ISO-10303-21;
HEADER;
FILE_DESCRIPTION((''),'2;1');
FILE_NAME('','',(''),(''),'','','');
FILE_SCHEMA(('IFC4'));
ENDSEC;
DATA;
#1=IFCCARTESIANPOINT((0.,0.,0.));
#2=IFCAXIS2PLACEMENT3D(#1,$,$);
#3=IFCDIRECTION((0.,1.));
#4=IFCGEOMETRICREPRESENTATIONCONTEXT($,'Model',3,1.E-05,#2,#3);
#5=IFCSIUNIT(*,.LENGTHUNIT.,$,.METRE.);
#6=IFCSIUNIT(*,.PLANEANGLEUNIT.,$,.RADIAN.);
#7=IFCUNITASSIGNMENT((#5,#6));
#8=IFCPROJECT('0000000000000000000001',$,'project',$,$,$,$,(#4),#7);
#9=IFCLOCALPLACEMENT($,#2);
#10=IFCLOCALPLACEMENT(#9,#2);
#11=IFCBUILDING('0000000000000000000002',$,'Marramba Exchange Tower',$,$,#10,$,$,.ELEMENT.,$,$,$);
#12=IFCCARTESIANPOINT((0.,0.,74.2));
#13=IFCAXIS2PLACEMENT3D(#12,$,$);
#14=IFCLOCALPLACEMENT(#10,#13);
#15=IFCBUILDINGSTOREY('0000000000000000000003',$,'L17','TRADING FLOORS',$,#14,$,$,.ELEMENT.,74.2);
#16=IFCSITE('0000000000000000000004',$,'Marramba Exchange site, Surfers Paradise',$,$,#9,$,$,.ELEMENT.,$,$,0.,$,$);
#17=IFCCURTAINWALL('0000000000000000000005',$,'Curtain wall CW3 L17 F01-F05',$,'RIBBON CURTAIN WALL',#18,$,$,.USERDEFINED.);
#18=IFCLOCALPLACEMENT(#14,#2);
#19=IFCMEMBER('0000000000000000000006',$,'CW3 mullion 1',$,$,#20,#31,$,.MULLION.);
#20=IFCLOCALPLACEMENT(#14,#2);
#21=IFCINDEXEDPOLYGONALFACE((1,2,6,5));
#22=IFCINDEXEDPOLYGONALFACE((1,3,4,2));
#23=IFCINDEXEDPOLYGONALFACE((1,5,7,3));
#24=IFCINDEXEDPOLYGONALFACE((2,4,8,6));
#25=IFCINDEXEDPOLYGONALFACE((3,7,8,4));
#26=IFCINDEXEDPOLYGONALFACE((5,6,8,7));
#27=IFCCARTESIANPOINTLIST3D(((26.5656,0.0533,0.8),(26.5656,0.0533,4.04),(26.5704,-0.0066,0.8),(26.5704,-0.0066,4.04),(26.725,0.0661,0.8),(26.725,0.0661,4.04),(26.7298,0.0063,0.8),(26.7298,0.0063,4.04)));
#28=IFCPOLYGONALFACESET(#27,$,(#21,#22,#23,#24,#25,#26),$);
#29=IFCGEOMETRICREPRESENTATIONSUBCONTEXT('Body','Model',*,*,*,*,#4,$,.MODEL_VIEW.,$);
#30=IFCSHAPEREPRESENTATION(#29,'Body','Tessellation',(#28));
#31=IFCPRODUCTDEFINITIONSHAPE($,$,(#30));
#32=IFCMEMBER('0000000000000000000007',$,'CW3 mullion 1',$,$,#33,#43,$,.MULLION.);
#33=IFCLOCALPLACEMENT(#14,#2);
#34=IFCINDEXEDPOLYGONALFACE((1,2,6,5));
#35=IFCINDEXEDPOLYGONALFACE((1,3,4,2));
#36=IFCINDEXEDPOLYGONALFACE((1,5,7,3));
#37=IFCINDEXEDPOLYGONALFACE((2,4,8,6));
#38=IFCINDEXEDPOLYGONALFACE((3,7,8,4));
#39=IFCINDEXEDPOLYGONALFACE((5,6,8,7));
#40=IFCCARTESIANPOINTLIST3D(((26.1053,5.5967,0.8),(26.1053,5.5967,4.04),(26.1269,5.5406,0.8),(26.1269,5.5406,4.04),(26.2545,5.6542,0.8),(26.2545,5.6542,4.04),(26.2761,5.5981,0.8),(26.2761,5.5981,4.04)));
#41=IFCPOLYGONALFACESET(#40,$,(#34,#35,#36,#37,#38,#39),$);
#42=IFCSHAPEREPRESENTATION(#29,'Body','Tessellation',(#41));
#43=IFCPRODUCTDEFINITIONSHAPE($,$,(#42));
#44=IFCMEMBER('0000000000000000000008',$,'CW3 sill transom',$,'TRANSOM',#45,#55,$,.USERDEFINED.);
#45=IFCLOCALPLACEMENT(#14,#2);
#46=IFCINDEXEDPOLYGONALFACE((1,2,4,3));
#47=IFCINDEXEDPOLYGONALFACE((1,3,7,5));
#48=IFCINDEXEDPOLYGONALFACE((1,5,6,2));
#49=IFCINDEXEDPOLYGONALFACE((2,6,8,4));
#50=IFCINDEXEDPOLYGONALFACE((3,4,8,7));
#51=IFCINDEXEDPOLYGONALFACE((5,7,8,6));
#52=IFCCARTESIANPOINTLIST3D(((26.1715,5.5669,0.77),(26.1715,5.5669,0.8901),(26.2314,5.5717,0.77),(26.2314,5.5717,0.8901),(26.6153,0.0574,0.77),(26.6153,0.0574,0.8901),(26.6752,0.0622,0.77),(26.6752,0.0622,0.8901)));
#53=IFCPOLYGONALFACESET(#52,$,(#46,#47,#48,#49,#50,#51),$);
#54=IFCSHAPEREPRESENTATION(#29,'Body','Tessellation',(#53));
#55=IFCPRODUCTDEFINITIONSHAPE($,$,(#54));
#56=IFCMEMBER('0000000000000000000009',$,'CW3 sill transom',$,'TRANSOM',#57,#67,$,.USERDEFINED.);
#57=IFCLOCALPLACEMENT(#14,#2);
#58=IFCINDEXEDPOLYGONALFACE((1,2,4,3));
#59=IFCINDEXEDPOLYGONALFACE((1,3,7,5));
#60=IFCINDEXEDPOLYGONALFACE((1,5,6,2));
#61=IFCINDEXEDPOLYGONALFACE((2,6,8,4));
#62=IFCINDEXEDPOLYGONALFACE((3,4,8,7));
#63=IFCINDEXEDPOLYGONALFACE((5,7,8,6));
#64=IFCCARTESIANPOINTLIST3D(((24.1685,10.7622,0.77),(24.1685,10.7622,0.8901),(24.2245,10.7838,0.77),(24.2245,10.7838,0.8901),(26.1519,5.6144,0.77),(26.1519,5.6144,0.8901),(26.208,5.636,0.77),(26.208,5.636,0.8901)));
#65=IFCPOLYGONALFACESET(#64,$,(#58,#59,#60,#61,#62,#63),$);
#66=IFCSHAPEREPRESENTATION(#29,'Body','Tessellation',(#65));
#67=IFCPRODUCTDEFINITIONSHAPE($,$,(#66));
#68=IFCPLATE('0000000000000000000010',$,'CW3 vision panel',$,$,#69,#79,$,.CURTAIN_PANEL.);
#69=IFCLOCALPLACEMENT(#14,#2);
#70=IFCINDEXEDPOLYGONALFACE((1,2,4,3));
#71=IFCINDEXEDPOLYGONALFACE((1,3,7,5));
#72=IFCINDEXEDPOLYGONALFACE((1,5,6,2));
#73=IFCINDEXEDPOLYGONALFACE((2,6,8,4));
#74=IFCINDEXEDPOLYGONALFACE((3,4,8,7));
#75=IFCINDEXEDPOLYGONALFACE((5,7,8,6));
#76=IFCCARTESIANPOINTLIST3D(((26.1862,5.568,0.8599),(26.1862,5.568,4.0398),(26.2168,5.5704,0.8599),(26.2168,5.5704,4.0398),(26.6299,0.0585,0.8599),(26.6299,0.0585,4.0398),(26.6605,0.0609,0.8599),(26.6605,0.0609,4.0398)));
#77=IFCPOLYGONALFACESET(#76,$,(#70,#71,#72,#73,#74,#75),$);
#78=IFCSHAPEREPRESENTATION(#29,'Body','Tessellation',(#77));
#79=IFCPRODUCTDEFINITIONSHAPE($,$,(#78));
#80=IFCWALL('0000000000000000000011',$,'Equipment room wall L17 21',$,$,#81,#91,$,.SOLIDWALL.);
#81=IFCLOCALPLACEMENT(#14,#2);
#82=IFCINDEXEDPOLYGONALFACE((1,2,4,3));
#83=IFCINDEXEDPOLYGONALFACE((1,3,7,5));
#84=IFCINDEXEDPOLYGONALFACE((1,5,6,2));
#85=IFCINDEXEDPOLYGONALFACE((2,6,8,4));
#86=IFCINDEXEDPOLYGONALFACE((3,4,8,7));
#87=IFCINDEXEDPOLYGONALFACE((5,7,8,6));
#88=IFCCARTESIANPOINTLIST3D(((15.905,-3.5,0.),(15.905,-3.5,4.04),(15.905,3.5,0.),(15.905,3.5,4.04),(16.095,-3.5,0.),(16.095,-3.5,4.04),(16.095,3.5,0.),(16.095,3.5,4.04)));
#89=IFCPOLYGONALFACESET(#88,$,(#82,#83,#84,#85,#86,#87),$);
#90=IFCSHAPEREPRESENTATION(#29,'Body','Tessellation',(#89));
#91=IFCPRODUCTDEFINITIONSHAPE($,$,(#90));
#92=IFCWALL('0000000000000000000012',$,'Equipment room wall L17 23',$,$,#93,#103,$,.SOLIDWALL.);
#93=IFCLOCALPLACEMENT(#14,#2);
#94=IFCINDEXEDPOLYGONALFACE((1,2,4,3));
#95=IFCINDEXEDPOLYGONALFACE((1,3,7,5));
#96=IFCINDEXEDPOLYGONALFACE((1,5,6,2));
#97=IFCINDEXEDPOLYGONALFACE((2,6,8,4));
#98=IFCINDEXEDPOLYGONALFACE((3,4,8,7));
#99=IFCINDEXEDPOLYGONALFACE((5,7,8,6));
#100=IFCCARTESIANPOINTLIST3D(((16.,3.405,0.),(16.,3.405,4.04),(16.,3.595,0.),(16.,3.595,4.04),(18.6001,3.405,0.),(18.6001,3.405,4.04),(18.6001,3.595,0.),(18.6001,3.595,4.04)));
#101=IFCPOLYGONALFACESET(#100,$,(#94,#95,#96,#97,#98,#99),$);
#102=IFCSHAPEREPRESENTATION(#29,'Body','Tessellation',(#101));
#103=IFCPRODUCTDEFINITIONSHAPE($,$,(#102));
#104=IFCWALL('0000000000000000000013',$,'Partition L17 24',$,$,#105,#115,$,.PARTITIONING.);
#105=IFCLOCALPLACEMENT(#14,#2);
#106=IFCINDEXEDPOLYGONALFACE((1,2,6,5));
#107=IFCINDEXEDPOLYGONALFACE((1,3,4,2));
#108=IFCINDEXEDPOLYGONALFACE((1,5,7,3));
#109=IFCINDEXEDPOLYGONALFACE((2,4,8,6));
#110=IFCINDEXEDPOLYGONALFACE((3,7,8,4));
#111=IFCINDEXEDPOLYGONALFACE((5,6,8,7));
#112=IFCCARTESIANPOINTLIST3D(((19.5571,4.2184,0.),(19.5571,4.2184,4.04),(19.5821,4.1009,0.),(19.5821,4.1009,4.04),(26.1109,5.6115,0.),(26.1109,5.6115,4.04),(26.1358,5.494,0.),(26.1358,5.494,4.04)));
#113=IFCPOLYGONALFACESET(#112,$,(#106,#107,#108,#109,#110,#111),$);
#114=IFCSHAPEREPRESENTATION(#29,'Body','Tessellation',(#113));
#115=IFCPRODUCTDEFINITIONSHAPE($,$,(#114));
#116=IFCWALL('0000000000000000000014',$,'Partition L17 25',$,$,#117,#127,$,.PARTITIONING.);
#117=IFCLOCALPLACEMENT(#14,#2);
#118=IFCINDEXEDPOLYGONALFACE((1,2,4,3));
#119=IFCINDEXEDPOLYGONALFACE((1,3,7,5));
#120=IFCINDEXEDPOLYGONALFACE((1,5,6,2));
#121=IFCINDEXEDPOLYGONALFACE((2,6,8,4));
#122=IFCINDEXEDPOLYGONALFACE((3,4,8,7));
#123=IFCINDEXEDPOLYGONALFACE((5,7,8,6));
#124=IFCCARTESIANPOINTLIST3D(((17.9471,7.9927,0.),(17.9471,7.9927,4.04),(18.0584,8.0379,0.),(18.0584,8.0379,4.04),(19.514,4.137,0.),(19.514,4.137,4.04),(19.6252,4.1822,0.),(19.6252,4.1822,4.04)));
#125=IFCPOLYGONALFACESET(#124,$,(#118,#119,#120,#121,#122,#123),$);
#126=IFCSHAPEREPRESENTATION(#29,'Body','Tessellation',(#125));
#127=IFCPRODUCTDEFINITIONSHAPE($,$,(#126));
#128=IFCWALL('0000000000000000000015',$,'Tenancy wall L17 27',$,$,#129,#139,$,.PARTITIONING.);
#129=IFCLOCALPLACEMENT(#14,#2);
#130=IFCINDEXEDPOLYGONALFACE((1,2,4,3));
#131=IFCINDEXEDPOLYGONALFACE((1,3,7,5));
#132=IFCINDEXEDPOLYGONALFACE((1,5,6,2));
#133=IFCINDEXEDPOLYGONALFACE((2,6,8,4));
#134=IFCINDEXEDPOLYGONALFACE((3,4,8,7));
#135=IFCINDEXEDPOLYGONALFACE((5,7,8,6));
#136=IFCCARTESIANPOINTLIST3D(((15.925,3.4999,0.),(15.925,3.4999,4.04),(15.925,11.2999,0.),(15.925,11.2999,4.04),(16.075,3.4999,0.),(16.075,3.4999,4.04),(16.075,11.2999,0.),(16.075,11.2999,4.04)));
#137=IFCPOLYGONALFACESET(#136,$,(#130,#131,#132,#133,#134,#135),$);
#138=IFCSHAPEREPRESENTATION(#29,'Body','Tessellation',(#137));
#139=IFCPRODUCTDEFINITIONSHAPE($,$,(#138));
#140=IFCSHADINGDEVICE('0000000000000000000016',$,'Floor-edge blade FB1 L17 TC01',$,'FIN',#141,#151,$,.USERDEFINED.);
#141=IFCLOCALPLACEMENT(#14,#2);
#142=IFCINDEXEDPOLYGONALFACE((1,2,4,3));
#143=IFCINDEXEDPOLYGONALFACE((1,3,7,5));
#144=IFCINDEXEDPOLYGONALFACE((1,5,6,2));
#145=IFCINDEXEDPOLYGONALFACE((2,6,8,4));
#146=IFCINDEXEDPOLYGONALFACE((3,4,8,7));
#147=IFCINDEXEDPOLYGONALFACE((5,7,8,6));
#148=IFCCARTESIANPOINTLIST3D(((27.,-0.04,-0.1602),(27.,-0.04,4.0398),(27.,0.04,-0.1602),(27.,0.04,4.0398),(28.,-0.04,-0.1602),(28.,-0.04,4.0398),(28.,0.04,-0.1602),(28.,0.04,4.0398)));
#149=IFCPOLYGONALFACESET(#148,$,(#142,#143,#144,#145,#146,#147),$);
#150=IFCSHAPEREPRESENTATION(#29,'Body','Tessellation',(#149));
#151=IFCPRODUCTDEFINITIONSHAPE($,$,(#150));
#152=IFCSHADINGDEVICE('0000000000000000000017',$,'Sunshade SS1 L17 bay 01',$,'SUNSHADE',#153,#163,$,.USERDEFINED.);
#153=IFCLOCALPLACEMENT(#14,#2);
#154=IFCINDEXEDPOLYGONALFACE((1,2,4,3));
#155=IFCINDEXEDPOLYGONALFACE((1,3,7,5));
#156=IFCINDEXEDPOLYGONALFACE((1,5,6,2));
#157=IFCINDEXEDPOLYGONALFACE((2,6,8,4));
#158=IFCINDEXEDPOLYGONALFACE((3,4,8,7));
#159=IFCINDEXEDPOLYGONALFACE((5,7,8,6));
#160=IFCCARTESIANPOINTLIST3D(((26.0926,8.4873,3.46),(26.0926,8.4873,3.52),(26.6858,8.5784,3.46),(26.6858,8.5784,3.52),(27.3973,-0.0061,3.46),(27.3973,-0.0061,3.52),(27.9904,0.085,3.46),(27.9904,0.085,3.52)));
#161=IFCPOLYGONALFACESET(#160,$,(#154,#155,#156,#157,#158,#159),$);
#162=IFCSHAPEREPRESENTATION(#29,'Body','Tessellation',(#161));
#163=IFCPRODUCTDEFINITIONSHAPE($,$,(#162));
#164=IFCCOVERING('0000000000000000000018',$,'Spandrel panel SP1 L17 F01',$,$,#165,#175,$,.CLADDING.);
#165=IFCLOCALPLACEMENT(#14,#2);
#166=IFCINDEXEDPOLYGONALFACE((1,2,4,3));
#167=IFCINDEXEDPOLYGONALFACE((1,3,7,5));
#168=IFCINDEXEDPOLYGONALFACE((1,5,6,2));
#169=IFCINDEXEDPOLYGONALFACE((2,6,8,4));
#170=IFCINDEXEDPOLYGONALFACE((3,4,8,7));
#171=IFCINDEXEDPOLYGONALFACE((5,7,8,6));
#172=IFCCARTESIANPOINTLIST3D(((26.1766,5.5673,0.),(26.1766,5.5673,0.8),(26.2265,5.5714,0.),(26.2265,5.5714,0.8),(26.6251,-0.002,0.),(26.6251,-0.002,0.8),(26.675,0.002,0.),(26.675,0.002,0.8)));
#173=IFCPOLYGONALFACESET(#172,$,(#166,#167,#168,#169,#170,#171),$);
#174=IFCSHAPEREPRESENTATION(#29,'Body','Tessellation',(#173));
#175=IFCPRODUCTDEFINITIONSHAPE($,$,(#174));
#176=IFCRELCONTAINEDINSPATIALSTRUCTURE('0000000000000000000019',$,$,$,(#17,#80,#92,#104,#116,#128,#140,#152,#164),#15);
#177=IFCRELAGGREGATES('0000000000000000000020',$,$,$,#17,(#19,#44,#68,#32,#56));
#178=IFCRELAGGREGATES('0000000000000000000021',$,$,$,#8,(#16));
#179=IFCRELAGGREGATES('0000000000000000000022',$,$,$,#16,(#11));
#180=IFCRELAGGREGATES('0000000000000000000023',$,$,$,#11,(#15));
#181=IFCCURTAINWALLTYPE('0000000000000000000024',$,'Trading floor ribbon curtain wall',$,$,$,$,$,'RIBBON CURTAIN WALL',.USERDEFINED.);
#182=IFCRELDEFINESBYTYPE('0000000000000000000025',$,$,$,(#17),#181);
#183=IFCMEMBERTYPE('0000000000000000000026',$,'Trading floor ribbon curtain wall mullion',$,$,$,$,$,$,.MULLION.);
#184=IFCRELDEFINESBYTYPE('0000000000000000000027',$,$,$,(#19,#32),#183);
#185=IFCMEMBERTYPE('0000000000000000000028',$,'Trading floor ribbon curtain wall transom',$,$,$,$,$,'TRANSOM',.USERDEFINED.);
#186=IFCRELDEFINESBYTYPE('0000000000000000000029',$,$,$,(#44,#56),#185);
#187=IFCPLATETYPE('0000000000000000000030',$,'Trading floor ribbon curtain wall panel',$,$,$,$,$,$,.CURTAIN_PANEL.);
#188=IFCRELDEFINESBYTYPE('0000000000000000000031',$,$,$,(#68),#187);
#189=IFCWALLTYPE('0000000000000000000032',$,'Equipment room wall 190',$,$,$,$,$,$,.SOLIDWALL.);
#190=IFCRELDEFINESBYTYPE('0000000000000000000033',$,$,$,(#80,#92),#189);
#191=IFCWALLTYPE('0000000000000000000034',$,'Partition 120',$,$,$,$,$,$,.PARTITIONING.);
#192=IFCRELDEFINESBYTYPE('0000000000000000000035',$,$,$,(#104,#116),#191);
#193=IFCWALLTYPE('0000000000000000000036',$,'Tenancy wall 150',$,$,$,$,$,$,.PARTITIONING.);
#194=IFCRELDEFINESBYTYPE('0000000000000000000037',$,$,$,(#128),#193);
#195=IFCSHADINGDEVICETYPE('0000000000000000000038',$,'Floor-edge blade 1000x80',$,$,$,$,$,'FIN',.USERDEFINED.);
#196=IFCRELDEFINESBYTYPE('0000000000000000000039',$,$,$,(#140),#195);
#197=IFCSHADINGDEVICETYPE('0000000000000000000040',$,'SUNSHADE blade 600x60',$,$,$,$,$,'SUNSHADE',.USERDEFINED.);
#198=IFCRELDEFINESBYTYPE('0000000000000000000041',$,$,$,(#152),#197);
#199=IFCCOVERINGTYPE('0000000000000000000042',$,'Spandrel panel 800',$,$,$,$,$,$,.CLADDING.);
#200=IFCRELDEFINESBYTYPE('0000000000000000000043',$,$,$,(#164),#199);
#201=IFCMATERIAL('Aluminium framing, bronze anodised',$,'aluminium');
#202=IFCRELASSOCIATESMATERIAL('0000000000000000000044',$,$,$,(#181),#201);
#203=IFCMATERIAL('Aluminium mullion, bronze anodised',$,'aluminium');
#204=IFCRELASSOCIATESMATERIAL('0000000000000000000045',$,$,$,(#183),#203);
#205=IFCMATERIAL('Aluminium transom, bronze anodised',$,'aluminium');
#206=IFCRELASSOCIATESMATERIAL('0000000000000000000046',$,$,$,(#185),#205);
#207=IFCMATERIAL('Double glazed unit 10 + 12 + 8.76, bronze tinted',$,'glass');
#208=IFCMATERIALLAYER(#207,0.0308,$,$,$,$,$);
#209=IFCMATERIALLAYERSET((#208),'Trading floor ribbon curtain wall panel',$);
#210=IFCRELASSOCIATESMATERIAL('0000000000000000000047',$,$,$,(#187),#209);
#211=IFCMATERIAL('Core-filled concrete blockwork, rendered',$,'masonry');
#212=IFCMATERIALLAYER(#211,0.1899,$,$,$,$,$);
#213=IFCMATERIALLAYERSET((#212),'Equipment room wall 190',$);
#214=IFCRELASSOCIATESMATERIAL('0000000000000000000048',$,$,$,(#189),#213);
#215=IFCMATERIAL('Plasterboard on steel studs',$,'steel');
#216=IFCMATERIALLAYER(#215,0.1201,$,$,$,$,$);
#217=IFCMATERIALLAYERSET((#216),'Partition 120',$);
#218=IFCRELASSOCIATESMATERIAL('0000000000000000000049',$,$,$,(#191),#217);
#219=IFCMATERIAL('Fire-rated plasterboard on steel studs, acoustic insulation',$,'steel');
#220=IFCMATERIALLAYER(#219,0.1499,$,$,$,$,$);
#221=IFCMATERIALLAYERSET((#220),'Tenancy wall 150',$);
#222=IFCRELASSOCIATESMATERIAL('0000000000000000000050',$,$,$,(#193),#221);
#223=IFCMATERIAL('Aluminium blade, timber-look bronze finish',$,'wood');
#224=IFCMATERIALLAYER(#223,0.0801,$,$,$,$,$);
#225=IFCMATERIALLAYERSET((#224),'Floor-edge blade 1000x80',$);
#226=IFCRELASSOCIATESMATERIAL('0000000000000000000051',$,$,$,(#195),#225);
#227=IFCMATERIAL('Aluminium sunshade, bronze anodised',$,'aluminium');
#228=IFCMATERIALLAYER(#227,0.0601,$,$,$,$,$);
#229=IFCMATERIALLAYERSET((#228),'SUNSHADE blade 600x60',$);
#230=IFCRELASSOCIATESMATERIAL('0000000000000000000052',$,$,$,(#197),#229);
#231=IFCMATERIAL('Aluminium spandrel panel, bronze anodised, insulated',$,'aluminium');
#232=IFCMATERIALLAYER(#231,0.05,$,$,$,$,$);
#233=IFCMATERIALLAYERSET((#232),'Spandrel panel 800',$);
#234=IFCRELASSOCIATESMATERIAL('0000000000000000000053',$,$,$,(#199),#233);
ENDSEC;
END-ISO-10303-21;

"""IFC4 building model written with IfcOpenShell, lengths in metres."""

from ifc_helpers import new_model, si_unit, direction, frame, frame_2d, origin, origin_2d, place, context, subcontext, project, spatial, rectangle, extrude, material, layer, layer_set, material_profile, profile_set, type_object, element, aggregate, save


model = new_model("IFC4")

# Units and contexts
model_context = context("Model", 3, precision=1e-05, world=origin(), true_north=direction((0.0, 1.0)))
body_context = subcontext(model_context, "Body", "Model", "MODEL_VIEW")
ifc_project = project(units=[si_unit("LENGTHUNIT", "METRE"), si_unit("PLANEANGLEUNIT", "RADIAN")], contexts=[model_context])

# Site, building, storey
site_placement = place(None, origin())
site = spatial("IfcSite", under=ifc_project, at=site_placement, Name="Marramba Exchange site, Surfers Paradise", CompositionType="ELEMENT", RefElevation=0.0)
building_placement = place(site_placement, origin())
building = spatial("IfcBuilding", under=site, at=building_placement, Name="Marramba Exchange Tower", CompositionType="ELEMENT")
storey_placement = place(building_placement, frame((0.0, 0.0, 74.2)))
storey = spatial("IfcBuildingStorey", under=building, at=storey_placement, Name="L17", Description="TRADING FLOORS", CompositionType="ELEMENT", Elevation=74.2)

# Curtain wall, members, plate
ifc_material_1 = material(Name="Aluminium framing, bronze anodised", Category="aluminium")
curtain_wall_type = type_object("IfcCurtainWallType", Name="Trading floor ribbon curtain wall", ElementType="RIBBON CURTAIN WALL", PredefinedType="USERDEFINED", material=ifc_material_1)
curtain_wall_placement = place(storey_placement, origin())
curtain_wall = element("IfcCurtainWall", 1, at=curtain_wall_placement, inside=storey, type_object=curtain_wall_type, Name="Curtain wall CW3 L17 F01-F05", ObjectType="RIBBON CURTAIN WALL", PredefinedType="USERDEFINED")
ifc_material_2 = material(Name="Aluminium mullion, bronze anodised", Category="aluminium")
ifc_material_profile_1 = material_profile(ifc_material_2, rectangle(XDim=0.1599, YDim=0.0601, at=origin_2d()), Name="CW3 mullion 60x160")
ifc_profile_set_1 = profile_set([ifc_material_profile_1], Name="Aluminium mullion, bronze anodised")
member_type_1 = type_object("IfcMemberType", Name="Trading floor ribbon curtain wall mullion", PredefinedType="MULLION", material=ifc_profile_set_1)
member_1_placement = place(storey_placement, frame((26.6477, 0.0298, 0.8), z_axis=(0.0, 0.0, 1.0), x_axis=(-0.996773, -0.080275, 0.0)))
member_1 = element("IfcMember", 2, at=member_1_placement, type_object=member_type_1, Name="CW3 mullion 1", PredefinedType="MULLION", context=body_context, shape_type="SweptSolid", body=[
    extrude(rectangle(XDim=0.1599, YDim=0.0601, at=origin_2d()), origin(), (0.0, 0.0, 1.0), 3.24),
])
member_2_placement = place(storey_placement, frame((26.1907, 5.5974, 0.8), z_axis=(0.0, 0.0, 1.0), x_axis=(-0.933135, -0.359526, 0.0)))
member_2 = element("IfcMember", 3, at=member_2_placement, type_object=member_type_1, Name="CW3 mullion 1", PredefinedType="MULLION", context=body_context, shape_type="SweptSolid", body=[
    extrude(rectangle(XDim=0.1599, YDim=0.0601, at=origin_2d()), origin(), (0.0, 0.0, 1.0), 3.24),
])
ifc_material_3 = material(Name="Aluminium transom, bronze anodised", Category="aluminium")
ifc_material_profile_2 = material_profile(ifc_material_3, rectangle(XDim=0.0601, YDim=0.1201, at=origin_2d()), Name="CW3 transom 60x120")
ifc_profile_set_2 = profile_set([ifc_material_profile_2], Name="Aluminium transom, bronze anodised")
member_type_2 = type_object("IfcMemberType", Name="Trading floor ribbon curtain wall transom", ElementType="TRANSOM", PredefinedType="USERDEFINED", material=ifc_profile_set_2)
member_3_placement = place(storey_placement, frame((26.6453, 0.0598, 0.8301), z_axis=(-0.0803, 0.996771, 0.0), x_axis=(-0.996771, -0.0803, 0.0)))
member_3 = element("IfcMember", 4, at=member_3_placement, type_object=member_type_2, Name="CW3 sill transom", ObjectType="TRANSOM", PredefinedType="USERDEFINED", context=body_context, shape_type="SweptSolid", body=[
    extrude(rectangle(XDim=0.0601, YDim=0.1201, at=origin_2d()), origin(), (0.0, 0.0, 1.0), 5.5273),
])
member_4_placement = place(storey_placement, frame((26.1799, 5.6252, 0.8301), z_axis=(-0.359534, 0.933132, 0.0), x_axis=(-0.933132, -0.359534, 0.0)))
member_4 = element("IfcMember", 5, at=member_4_placement, type_object=member_type_2, Name="CW3 sill transom", ObjectType="TRANSOM", PredefinedType="USERDEFINED", context=body_context, shape_type="SweptSolid", body=[
    extrude(rectangle(XDim=0.0601, YDim=0.1201, at=origin_2d()), origin(), (0.0, 0.0, 1.0), 5.5166),
])
ifc_material_4 = material(Name="Double glazed unit 10 + 12 + 8.76, bronze tinted", Category="glass")
ifc_layer_1 = layer(ifc_material_4, 0.0308)
ifc_layer_set_1 = layer_set([ifc_layer_1], Name="Trading floor ribbon curtain wall panel")
plate_type = type_object("IfcPlateType", Name="Trading floor ribbon curtain wall panel", PredefinedType="CURTAIN_PANEL", material=ifc_layer_set_1)
plate_placement = place(storey_placement, frame((26.4233, 2.8145, 0.8599), z_axis=(0.0, 0.0, 1.0), x_axis=(-0.080275, 0.996773, 0.0)))
plate = element("IfcPlate", 6, at=plate_placement, type_object=plate_type, Name="CW3 vision panel", PredefinedType="CURTAIN_PANEL", context=body_context, shape_type="SweptSolid", body=[
    extrude(rectangle(XDim=5.5273, YDim=0.0308, at=origin_2d()), origin(), (0.0, 0.0, 1.0), 3.1799),
])
aggregate(curtain_wall, [member_1, member_3, plate, member_2, member_4])

# Walls
ifc_material_5 = material(Name="Core-filled concrete blockwork, rendered", Category="masonry")
ifc_layer_2 = layer(ifc_material_5, 0.1899)
ifc_layer_set_2 = layer_set([ifc_layer_2], Name="Equipment room wall 190")
wall_type_1 = type_object("IfcWallType", Name="Equipment room wall 190", PredefinedType="SOLIDWALL", material=ifc_layer_set_2)
wall_1_placement = place(storey_placement, frame((16.0, 3.5, 0.0), z_axis=(0.0, 0.0, 1.0), x_axis=(0.0, -1.0, 0.0)))
element("IfcWall", 7, at=wall_1_placement, inside=storey, type_object=wall_type_1, Name="Equipment room wall L17 21", PredefinedType="SOLIDWALL", context=body_context, shape_type="SweptSolid", body=[
    extrude(rectangle(XDim=7.0, YDim=0.1899, at=frame_2d((3.5, 0.0))), origin(), (0.0, 0.0, 1.0), 4.04),
])
wall_2_placement = place(storey_placement, frame((18.6001, 3.5, 0.0), z_axis=(0.0, 0.0, 1.0), x_axis=(-1.0, 0.0, 0.0)))
element("IfcWall", 8, at=wall_2_placement, inside=storey, type_object=wall_type_1, Name="Equipment room wall L17 23", PredefinedType="SOLIDWALL", context=body_context, shape_type="SweptSolid", body=[
    extrude(rectangle(XDim=2.6001, YDim=0.1899, at=frame_2d((1.3, 0.0))), origin(), (0.0, 0.0, 1.0), 4.04),
])
ifc_material_6 = material(Name="Plasterboard on steel studs", Category="steel")
ifc_layer_3 = layer(ifc_material_6, 0.1201)
ifc_layer_set_3 = layer_set([ifc_layer_3], Name="Partition 120")
wall_type_2 = type_object("IfcWallType", Name="Partition 120", PredefinedType="PARTITIONING", material=ifc_layer_set_3)
wall_3_placement = place(storey_placement, frame((19.5696, 4.1597, 0.0), z_axis=(0.0, 0.0, 1.0), x_axis=(0.978147, 0.207916, 0.0)))
element("IfcWall", 9, at=wall_3_placement, inside=storey, type_object=wall_type_2, Name="Partition L17 24", PredefinedType="PARTITIONING", context=body_context, shape_type="SweptSolid", body=[
    extrude(rectangle(XDim=6.7002, YDim=0.1201, at=frame_2d((3.3501, 0.0))), origin(), (0.0, 0.0, 1.0), 4.04),
])
wall_4_placement = place(storey_placement, frame((18.0027, 8.0154, 0.0), z_axis=(0.0, 0.0, 1.0), x_axis=(0.376482, -0.926424, 0.0)))
element("IfcWall", 10, at=wall_4_placement, inside=storey, type_object=wall_type_2, Name="Partition L17 25", PredefinedType="PARTITIONING", context=body_context, shape_type="SweptSolid", body=[
    extrude(rectangle(XDim=4.1619, YDim=0.1201, at=frame_2d((2.0811, 0.0))), origin(), (0.0, 0.0, 1.0), 4.04),
])
ifc_material_7 = material(Name="Fire-rated plasterboard on steel studs, acoustic insulation", Category="steel")
ifc_layer_4 = layer(ifc_material_7, 0.1499)
ifc_layer_set_4 = layer_set([ifc_layer_4], Name="Tenancy wall 150")
wall_type_3 = type_object("IfcWallType", Name="Tenancy wall 150", PredefinedType="PARTITIONING", material=ifc_layer_set_4)
wall_5_placement = place(storey_placement, frame((16.0, 3.5, 0.0), z_axis=(0.0, 0.0, 1.0), x_axis=(0.0, 1.0, 0.0)))
element("IfcWall", 11, at=wall_5_placement, inside=storey, type_object=wall_type_3, Name="Tenancy wall L17 27", PredefinedType="PARTITIONING", context=body_context, shape_type="SweptSolid", body=[
    extrude(rectangle(XDim=7.8, YDim=0.1499, at=frame_2d((3.8999, 0.0))), origin(), (0.0, 0.0, 1.0), 4.04),
])

# Shading devices
ifc_material_8 = material(Name="Aluminium blade, timber-look bronze finish", Category="wood")
ifc_layer_5 = layer(ifc_material_8, 0.0801)
ifc_layer_set_5 = layer_set([ifc_layer_5], Name="Floor-edge blade 1000x80")
shading_device_type_1 = type_object("IfcShadingDeviceType", Name="Floor-edge blade 1000x80", ElementType="FIN", PredefinedType="USERDEFINED", material=ifc_layer_set_5)
shading_device_1_placement = place(storey_placement, frame((27.5, 0.0, -0.1602), z_axis=(0.0, 0.0, 1.0), x_axis=(1.0, 0.0, 0.0)))
element("IfcShadingDevice", 12, at=shading_device_1_placement, inside=storey, type_object=shading_device_type_1, Name="Floor-edge blade FB1 L17 TC01", ObjectType="FIN", PredefinedType="USERDEFINED", context=body_context, shape_type="SweptSolid", body=[
    extrude(rectangle(XDim=1.0, YDim=0.0801, at=origin_2d()), origin(), (0.0, 0.0, 1.0), 4.2),
])
ifc_material_9 = material(Name="Aluminium sunshade, bronze anodised", Category="aluminium")
ifc_layer_6 = layer(ifc_material_9, 0.0601)
ifc_layer_set_6 = layer_set([ifc_layer_6], Name="SUNSHADE blade 600x60")
shading_device_type_2 = type_object("IfcShadingDeviceType", Name="SUNSHADE blade 600x60", ElementType="SUNSHADE", PredefinedType="USERDEFINED", material=ifc_layer_set_6)
shading_device_2_placement = place(storey_placement, frame((27.0415, 4.2861, 3.46), z_axis=(0.0, 0.0, 1.0), x_axis=(-0.151825, 0.988407, 0.0)))
element("IfcShadingDevice", 13, at=shading_device_2_placement, inside=storey, type_object=shading_device_type_2, Name="Sunshade SS1 L17 bay 01", ObjectType="SUNSHADE", PredefinedType="USERDEFINED", context=body_context, shape_type="SweptSolid", body=[
    extrude(rectangle(XDim=8.593, YDim=0.6001, at=origin_2d()), origin(), (0.0, 0.0, 1.0), 0.0601),
])

# Covering
ifc_material_10 = material(Name="Aluminium spandrel panel, bronze anodised, insulated", Category="aluminium")
ifc_layer_7 = layer(ifc_material_10, 0.05)
ifc_layer_set_7 = layer_set([ifc_layer_7], Name="Spandrel panel 800")
covering_type = type_object("IfcCoveringType", Name="Spandrel panel 800", PredefinedType="CLADDING", material=ifc_layer_set_7)
covering_1_placement = place(storey_placement, frame((26.4258, 2.7847, 0.0), z_axis=(0.0, 0.0, 1.0), x_axis=(-0.080275, 0.996773, 0.0)))
element("IfcCovering", 14, at=covering_1_placement, inside=storey, type_object=covering_type, Name="Spandrel panel SP1 L17 F01", PredefinedType="CLADDING", context=body_context, shape_type="SweptSolid", body=[
    extrude(rectangle(XDim=5.5874, YDim=0.05, at=origin_2d()), origin(), (0.0, 0.0, 1.0), 0.8),
])

save(model, "model.ifc")
